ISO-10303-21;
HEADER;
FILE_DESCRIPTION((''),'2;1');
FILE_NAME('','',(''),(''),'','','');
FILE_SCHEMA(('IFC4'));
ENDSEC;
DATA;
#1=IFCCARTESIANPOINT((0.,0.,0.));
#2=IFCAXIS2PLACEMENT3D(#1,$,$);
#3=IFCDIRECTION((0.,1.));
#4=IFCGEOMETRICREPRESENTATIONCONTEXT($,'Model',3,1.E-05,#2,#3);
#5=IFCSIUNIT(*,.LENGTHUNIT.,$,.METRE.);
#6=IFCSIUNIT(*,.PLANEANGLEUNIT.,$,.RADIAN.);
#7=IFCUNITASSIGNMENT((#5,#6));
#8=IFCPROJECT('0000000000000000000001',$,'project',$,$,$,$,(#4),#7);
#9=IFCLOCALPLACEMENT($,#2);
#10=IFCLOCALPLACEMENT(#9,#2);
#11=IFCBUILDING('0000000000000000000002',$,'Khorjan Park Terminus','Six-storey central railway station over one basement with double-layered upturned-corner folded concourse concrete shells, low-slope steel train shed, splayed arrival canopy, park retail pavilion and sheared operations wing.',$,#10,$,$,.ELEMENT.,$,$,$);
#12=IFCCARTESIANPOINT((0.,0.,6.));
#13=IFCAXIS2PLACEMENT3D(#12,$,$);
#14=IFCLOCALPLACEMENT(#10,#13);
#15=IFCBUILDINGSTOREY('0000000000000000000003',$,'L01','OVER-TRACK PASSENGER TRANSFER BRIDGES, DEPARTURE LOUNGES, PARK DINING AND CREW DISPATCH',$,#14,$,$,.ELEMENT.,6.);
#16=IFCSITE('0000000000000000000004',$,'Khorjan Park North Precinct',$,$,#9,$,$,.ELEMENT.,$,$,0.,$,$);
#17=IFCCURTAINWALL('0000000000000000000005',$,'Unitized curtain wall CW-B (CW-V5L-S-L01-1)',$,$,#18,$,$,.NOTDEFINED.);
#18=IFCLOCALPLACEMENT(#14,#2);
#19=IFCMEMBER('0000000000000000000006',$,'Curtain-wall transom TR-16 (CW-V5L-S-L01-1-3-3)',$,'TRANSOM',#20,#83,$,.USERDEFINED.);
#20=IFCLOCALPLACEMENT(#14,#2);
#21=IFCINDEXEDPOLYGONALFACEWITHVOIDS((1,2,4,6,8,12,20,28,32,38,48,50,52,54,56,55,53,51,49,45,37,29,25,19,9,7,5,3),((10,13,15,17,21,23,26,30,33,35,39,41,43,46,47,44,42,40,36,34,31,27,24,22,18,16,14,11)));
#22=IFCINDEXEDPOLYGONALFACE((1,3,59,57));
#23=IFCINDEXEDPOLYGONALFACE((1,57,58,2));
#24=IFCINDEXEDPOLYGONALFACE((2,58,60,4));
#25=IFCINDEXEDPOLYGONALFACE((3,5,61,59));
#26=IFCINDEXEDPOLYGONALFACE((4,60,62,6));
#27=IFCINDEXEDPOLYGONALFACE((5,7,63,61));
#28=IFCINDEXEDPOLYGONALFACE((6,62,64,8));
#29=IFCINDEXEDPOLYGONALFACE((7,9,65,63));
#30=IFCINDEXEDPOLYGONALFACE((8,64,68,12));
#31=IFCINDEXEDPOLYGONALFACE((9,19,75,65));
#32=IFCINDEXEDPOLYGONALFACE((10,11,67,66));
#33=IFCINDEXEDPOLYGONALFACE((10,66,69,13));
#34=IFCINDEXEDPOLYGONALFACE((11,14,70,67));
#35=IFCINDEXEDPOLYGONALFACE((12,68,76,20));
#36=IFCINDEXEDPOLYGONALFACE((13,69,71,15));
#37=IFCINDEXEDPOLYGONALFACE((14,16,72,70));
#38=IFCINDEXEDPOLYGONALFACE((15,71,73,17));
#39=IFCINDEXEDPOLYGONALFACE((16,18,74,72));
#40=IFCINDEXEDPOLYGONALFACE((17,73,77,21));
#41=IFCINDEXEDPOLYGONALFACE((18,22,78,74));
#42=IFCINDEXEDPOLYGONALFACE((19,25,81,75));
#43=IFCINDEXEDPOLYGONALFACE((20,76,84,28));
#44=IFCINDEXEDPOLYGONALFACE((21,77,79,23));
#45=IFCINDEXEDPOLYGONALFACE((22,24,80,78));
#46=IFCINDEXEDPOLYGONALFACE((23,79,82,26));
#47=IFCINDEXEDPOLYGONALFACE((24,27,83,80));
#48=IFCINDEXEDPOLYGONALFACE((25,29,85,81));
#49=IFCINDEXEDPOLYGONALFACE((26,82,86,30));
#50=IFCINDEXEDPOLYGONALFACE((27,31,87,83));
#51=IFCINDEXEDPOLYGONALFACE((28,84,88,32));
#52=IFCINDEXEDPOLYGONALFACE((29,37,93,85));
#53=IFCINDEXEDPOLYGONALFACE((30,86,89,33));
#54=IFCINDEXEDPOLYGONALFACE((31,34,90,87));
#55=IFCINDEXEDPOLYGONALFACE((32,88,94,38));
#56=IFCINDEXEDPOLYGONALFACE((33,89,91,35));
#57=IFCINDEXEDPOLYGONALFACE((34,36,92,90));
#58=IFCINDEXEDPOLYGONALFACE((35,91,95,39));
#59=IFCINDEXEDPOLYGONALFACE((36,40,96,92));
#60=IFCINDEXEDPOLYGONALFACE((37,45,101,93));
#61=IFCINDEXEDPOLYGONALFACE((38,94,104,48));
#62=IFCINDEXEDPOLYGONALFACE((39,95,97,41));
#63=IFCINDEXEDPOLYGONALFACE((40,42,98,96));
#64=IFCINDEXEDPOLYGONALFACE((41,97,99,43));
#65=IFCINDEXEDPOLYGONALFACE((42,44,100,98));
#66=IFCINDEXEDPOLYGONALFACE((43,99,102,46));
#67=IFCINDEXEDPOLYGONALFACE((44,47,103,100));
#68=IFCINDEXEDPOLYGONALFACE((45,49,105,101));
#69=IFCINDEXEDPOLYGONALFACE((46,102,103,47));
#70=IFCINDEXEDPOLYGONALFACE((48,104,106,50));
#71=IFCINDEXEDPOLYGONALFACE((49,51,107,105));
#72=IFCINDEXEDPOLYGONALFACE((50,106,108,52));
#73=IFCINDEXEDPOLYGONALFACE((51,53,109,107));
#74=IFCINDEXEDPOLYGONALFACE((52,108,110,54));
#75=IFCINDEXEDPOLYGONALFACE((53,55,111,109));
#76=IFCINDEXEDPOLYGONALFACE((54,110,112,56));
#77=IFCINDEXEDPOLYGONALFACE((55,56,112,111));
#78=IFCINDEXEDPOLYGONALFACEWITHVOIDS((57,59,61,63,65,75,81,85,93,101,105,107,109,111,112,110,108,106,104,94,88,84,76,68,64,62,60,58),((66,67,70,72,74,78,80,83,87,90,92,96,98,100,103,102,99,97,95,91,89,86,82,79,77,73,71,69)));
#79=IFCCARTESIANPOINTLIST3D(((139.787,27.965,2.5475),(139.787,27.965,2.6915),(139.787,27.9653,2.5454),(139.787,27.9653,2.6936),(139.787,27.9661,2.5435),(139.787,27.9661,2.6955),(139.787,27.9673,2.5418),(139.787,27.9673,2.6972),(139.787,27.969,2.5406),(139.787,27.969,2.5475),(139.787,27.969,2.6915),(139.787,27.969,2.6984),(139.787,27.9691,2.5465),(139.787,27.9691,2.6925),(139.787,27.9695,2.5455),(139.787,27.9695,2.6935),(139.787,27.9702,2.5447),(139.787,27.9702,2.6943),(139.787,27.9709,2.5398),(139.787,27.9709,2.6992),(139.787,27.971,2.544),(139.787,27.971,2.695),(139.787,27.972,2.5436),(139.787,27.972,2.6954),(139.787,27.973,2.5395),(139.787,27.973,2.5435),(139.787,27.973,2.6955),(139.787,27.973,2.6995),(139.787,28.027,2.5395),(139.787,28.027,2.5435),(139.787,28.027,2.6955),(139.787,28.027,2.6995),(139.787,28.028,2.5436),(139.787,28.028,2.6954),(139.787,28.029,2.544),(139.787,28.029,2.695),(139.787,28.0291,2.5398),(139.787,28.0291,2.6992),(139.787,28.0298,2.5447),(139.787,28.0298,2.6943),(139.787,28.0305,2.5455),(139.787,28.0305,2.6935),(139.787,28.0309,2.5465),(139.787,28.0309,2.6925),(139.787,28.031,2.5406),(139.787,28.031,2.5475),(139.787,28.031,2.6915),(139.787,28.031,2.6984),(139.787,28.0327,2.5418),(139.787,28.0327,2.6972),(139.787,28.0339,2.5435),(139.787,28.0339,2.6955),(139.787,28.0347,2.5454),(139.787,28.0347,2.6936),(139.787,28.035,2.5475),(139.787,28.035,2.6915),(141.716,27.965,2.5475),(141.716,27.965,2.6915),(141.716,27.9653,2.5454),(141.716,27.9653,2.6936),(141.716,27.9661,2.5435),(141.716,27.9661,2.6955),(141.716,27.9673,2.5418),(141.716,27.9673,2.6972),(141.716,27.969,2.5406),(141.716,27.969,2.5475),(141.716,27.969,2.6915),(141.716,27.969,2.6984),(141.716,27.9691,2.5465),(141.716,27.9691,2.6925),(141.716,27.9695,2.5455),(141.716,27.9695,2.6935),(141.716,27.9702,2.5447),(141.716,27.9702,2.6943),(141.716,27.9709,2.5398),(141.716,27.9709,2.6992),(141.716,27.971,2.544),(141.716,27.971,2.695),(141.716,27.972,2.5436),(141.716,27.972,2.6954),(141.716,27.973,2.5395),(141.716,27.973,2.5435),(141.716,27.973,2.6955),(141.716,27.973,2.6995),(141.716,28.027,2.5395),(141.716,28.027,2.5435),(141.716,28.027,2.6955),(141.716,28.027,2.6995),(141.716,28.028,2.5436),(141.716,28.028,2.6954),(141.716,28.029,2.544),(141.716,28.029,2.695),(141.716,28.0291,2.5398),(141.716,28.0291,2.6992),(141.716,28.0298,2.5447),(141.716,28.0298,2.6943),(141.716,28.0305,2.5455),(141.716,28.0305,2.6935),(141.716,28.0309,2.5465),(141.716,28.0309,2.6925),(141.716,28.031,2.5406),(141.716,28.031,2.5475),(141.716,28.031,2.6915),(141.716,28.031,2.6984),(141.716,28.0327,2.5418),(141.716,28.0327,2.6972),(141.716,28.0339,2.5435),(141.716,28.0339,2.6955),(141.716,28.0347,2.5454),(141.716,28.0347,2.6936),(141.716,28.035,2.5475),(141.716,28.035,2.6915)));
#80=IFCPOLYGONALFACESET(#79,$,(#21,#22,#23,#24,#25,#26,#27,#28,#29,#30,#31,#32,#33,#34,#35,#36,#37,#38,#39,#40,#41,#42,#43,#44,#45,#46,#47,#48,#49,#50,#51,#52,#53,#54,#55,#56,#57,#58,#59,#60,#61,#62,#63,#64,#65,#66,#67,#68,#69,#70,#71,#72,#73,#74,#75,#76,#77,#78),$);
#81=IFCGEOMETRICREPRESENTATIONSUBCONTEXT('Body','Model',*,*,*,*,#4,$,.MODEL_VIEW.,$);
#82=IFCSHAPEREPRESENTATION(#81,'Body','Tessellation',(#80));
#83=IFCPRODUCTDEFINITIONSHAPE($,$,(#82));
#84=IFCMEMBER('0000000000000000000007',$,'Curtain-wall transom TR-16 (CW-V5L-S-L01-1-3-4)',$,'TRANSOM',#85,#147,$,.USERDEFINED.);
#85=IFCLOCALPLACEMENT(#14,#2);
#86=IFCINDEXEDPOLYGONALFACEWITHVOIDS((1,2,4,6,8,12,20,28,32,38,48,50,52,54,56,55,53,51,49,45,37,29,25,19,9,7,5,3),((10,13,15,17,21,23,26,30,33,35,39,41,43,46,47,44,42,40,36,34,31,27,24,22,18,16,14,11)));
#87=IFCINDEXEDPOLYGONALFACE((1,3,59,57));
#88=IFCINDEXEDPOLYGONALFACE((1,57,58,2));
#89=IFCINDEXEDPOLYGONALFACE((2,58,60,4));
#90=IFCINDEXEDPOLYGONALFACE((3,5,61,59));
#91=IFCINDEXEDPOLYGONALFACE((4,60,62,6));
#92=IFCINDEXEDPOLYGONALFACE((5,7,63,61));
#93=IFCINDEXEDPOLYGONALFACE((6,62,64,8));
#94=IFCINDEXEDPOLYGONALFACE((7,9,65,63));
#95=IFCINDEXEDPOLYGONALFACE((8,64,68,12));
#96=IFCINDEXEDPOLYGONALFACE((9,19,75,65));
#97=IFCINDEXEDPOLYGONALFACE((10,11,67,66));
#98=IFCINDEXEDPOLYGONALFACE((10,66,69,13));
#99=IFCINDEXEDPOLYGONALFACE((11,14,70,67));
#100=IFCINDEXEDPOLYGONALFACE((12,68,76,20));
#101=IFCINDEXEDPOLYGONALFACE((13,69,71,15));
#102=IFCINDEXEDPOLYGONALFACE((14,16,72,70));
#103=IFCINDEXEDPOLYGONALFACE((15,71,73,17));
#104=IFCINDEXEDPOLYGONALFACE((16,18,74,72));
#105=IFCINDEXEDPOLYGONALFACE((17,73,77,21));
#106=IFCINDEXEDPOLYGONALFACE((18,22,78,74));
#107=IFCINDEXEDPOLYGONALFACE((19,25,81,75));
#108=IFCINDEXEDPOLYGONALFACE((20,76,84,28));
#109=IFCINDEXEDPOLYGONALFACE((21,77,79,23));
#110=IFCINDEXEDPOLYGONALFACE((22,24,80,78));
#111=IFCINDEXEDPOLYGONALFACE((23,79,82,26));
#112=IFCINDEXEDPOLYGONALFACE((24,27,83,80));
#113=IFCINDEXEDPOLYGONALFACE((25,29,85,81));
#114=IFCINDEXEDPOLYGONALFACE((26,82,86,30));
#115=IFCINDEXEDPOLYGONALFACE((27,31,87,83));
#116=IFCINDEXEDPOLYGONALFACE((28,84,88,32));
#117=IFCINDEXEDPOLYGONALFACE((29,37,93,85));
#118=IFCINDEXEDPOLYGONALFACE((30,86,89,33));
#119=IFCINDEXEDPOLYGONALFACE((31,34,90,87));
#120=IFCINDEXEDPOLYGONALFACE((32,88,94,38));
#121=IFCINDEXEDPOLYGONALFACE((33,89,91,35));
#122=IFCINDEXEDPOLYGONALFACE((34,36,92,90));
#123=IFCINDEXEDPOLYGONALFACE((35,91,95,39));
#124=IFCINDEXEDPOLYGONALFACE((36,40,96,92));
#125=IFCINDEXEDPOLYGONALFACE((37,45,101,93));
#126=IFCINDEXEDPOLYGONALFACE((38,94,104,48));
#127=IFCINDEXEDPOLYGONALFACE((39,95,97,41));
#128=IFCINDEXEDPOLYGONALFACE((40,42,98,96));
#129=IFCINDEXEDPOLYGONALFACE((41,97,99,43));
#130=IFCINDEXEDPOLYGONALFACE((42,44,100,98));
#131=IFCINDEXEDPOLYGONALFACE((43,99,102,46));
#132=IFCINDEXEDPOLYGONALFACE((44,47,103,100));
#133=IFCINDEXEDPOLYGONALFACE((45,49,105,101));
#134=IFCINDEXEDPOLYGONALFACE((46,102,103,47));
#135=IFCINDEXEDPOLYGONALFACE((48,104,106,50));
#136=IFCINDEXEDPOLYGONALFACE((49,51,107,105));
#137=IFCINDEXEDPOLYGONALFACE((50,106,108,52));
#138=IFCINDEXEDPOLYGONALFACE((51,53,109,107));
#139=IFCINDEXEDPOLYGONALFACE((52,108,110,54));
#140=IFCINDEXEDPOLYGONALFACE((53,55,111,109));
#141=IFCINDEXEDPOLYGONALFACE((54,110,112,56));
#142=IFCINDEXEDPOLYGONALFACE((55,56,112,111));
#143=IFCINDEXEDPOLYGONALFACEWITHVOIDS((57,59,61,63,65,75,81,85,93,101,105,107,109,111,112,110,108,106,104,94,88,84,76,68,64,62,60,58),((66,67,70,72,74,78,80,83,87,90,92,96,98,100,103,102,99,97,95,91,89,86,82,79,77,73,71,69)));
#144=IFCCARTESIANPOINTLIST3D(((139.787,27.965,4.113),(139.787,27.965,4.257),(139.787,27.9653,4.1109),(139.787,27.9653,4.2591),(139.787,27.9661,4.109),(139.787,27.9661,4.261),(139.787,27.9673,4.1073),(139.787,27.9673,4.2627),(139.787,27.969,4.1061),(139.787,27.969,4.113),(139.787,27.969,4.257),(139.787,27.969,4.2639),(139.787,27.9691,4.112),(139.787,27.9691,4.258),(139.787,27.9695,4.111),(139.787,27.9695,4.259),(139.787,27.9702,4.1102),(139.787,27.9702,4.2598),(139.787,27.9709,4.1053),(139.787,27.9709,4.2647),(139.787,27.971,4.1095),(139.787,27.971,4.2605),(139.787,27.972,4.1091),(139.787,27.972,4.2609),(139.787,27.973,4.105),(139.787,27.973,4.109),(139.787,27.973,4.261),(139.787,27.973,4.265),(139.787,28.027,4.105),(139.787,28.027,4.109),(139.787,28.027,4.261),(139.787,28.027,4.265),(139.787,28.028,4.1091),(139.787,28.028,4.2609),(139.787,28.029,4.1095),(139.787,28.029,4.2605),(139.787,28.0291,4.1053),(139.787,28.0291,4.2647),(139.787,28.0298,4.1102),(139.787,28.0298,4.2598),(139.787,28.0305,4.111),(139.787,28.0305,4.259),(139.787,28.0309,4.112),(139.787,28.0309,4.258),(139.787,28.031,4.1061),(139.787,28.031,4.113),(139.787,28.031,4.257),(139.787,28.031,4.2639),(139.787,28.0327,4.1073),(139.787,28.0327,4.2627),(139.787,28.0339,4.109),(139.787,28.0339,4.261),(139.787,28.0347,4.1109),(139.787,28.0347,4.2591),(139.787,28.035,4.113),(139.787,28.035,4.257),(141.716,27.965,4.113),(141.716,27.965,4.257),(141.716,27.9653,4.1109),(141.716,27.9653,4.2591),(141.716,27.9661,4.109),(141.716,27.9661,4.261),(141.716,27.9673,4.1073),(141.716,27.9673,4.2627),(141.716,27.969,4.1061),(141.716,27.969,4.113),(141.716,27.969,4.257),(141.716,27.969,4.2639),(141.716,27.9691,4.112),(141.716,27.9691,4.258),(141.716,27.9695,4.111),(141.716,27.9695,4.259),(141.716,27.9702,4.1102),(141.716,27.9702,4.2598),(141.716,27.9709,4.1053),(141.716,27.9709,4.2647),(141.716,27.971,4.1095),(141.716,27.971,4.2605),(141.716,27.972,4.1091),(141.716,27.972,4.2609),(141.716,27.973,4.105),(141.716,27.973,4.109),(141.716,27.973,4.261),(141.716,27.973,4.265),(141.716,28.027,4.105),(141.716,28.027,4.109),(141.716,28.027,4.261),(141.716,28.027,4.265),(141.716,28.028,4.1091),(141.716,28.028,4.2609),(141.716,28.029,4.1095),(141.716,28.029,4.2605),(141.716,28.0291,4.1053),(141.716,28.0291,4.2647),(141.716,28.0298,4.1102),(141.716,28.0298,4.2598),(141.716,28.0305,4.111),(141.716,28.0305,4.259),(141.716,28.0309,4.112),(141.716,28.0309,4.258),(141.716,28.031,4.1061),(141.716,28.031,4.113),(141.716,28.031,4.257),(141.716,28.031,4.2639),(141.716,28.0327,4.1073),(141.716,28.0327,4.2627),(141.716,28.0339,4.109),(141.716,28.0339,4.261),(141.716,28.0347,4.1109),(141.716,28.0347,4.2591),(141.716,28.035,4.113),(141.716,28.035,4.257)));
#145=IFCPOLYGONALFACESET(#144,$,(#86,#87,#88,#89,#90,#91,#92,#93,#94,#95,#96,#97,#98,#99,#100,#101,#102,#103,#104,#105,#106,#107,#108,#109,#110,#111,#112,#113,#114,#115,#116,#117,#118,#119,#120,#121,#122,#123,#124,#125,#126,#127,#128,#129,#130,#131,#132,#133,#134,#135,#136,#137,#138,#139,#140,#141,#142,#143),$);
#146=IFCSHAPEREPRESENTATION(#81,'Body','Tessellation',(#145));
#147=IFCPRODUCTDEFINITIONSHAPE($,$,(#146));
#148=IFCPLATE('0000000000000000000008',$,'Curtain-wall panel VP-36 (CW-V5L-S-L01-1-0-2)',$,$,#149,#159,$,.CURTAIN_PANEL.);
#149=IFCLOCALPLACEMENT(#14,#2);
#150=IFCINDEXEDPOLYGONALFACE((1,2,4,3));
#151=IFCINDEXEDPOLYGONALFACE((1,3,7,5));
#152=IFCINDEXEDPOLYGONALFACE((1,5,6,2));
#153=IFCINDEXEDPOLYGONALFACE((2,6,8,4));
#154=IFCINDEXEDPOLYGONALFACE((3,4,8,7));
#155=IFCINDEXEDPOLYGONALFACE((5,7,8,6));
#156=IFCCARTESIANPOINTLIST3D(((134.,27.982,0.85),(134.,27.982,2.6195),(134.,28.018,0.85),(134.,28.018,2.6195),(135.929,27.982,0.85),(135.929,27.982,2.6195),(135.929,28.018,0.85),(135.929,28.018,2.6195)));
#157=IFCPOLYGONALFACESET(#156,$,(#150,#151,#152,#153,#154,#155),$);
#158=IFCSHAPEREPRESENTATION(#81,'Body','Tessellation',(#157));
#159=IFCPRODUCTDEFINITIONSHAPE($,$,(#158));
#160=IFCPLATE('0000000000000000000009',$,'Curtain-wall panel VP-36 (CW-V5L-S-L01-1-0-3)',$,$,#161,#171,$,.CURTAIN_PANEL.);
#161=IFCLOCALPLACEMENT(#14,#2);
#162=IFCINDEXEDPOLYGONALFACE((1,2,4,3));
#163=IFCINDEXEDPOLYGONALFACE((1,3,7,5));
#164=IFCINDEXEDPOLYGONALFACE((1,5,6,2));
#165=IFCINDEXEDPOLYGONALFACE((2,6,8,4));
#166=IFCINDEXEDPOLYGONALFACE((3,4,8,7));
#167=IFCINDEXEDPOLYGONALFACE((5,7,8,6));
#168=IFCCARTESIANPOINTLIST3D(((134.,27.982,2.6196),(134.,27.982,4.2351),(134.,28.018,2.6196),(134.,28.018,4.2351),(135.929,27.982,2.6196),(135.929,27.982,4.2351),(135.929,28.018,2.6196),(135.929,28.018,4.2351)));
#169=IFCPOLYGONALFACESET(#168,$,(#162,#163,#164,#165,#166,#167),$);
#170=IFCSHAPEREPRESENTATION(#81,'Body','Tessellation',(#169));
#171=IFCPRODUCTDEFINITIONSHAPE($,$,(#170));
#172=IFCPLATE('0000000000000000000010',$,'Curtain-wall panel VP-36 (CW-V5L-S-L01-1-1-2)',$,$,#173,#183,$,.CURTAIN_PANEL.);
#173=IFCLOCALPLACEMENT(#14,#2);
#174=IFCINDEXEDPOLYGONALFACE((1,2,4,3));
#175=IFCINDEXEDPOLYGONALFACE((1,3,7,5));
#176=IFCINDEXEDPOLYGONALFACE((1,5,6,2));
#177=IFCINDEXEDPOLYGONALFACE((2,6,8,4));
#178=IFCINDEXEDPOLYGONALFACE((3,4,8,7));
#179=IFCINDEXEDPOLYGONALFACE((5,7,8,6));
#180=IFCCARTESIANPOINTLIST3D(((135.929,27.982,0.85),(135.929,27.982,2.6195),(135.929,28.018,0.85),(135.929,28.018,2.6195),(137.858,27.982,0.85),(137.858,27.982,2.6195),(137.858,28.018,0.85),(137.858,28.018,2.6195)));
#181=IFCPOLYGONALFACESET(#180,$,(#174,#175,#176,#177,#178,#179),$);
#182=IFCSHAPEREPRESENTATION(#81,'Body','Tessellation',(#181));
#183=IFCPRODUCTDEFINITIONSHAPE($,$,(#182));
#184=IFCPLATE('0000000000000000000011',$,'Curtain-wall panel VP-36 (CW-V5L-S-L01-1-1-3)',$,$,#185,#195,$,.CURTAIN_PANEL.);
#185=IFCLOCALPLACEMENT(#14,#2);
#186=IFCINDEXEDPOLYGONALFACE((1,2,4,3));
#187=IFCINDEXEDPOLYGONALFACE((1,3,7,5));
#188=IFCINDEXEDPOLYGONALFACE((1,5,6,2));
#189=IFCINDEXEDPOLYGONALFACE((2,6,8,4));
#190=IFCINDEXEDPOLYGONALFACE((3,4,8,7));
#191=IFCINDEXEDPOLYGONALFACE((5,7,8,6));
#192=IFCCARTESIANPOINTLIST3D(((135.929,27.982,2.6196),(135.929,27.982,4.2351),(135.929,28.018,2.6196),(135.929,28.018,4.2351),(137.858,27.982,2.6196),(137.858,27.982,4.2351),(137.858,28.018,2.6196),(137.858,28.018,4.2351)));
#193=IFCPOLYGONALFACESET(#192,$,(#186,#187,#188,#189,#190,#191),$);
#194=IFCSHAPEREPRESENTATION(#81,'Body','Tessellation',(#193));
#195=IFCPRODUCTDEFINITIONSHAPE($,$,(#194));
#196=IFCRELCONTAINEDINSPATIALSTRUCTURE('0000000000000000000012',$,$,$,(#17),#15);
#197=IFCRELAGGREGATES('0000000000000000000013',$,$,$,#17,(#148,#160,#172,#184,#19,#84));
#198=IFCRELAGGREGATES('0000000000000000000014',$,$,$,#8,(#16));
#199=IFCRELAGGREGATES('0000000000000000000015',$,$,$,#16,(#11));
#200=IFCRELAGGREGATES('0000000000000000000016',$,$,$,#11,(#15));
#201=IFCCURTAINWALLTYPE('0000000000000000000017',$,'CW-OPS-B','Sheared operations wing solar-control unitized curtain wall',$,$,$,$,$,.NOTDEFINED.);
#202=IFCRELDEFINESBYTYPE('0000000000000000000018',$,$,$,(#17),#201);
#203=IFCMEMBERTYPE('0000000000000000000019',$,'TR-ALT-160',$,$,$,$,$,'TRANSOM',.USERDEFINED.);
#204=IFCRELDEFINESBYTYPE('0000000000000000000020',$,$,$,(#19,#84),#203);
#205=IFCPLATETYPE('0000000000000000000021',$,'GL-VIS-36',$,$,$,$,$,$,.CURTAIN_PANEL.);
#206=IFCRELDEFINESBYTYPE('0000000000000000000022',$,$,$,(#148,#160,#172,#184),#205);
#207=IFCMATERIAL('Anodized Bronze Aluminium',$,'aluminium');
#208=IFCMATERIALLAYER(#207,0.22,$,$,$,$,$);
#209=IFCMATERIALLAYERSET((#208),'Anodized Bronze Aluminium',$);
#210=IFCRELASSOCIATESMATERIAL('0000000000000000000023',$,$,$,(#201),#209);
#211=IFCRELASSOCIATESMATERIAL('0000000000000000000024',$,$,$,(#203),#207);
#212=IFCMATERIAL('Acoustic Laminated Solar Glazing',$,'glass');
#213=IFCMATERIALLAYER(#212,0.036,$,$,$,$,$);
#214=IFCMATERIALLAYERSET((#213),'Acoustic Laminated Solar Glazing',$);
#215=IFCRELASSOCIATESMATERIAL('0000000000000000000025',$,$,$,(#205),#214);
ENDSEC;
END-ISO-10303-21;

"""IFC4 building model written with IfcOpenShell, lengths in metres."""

from ifc_helpers import new_model, si_unit, direction, frame, origin, origin_2d, place, context, subcontext, project, spatial, rectangle, hollow_rectangle, extrude, material, layer, layer_set, material_profile, profile_set, type_object, element, aggregate, save


model = new_model("IFC4")

# Units and contexts
model_context = context("Model", 3, precision=1e-05, world=origin(), true_north=direction((0.0, 1.0)))
body_context = subcontext(model_context, "Body", "Model", "MODEL_VIEW")
ifc_project = project(units=[si_unit("LENGTHUNIT", "METRE"), si_unit("PLANEANGLEUNIT", "RADIAN")], contexts=[model_context])

# Site, building, storey
site_placement = place(None, origin())
site = spatial("IfcSite", under=ifc_project, at=site_placement, Name="Khorjan Park North Precinct", CompositionType="ELEMENT", RefElevation=0.0)
building_placement = place(site_placement, origin())
building = spatial("IfcBuilding", under=site, at=building_placement, Name="Khorjan Park Terminus", Description="Six-storey central railway station over one basement with double-layered upturned-corner folded concourse concrete shells, low-slope steel train shed, splayed arrival canopy, park retail pavilion and sheared operations wing.", CompositionType="ELEMENT")
storey_placement = place(building_placement, frame((0.0, 0.0, 6.0)))
storey = spatial("IfcBuildingStorey", under=building, at=storey_placement, Name="L01", Description="OVER-TRACK PASSENGER TRANSFER BRIDGES, DEPARTURE LOUNGES, PARK DINING AND CREW DISPATCH", CompositionType="ELEMENT", Elevation=6.0)

# Curtain wall
ifc_material_1 = material(Name="Anodized Bronze Aluminium", Category="aluminium")
ifc_layer_1 = layer(ifc_material_1, 0.22)
ifc_layer_set_1 = layer_set([ifc_layer_1], Name="Anodized Bronze Aluminium")
curtain_wall_type = type_object("IfcCurtainWallType", Name="CW-OPS-B", Description="Sheared operations wing solar-control unitized curtain wall", PredefinedType="NOTDEFINED", material=ifc_layer_set_1)
curtain_wall_placement = place(storey_placement, origin())
curtain_wall = element("IfcCurtainWall", 1, at=curtain_wall_placement, inside=storey, type_object=curtain_wall_type, Name="Unitized curtain wall CW-B (CW-V5L-S-L01-1)", PredefinedType="NOTDEFINED")

# Members
ifc_material_profile_1 = material_profile(ifc_material_1, hollow_rectangle(XDim=0.07, YDim=0.16, WallThickness=0.004, InnerFilletRadius=0.004, OuterFilletRadius=0.008, at=origin_2d()), Name="ALT 70x160x4")
ifc_profile_set_1 = profile_set([ifc_material_profile_1], Name="Anodized Bronze Aluminium")
member_type_1 = type_object("IfcMemberType", Name="TR-ALT-160", ElementType="TRANSOM", PredefinedType="USERDEFINED", material=ifc_profile_set_1)
member_1_placement = place(storey_placement, frame((139.787, 28.0, 2.6195), z_axis=(1.0, 0.0, 0.0), x_axis=(0.0, 1.0, 0.0)))
member_1 = element("IfcMember", 2, at=member_1_placement, type_object=member_type_1, Name="Curtain-wall transom TR-16 (CW-V5L-S-L01-1-3-3)", ObjectType="TRANSOM", PredefinedType="USERDEFINED", context=body_context, shape_type="SweptSolid", body=[
    extrude(hollow_rectangle(XDim=0.07, YDim=0.16, WallThickness=0.004, InnerFilletRadius=0.004, OuterFilletRadius=0.008, at=origin_2d()), origin(), (0.0, 0.0, 1.0), 1.929),
])
member_2_placement = place(storey_placement, frame((139.787, 28.0, 4.185), z_axis=(1.0, 0.0, 0.0), x_axis=(0.0, 1.0, 0.0)))
member_2 = element("IfcMember", 3, at=member_2_placement, type_object=member_type_1, Name="Curtain-wall transom TR-16 (CW-V5L-S-L01-1-3-4)", ObjectType="TRANSOM", PredefinedType="USERDEFINED", context=body_context, shape_type="SweptSolid", body=[
    extrude(hollow_rectangle(XDim=0.07, YDim=0.16, WallThickness=0.004, InnerFilletRadius=0.004, OuterFilletRadius=0.008, at=origin_2d()), origin(), (0.0, 0.0, 1.0), 1.929),
])

# Plates
ifc_material_2 = material(Name="Acoustic Laminated Solar Glazing", Category="glass")
ifc_layer_2 = layer(ifc_material_2, 0.036)
ifc_layer_set_2 = layer_set([ifc_layer_2], Name="Acoustic Laminated Solar Glazing")
plate_type_1 = type_object("IfcPlateType", Name="GL-VIS-36", PredefinedType="CURTAIN_PANEL", material=ifc_layer_set_2)
plate_1_placement = place(storey_placement, frame((134.9645, 28.0, 0.85), z_axis=(0.0, 0.0, 1.0), x_axis=(1.0, 0.0, 0.0)))
plate_1 = element("IfcPlate", 4, at=plate_1_placement, type_object=plate_type_1, Name="Curtain-wall panel VP-36 (CW-V5L-S-L01-1-0-2)", PredefinedType="CURTAIN_PANEL", context=body_context, shape_type="SweptSolid", body=[
    extrude(rectangle(XDim=1.929, YDim=0.036, at=origin_2d()), origin(), (0.0, 0.0, 1.0), 1.7695),
])
plate_2_placement = place(storey_placement, frame((134.9645, 28.0, 2.6196), z_axis=(0.0, 0.0, 1.0), x_axis=(1.0, 0.0, 0.0)))
plate_2 = element("IfcPlate", 5, at=plate_2_placement, type_object=plate_type_1, Name="Curtain-wall panel VP-36 (CW-V5L-S-L01-1-0-3)", PredefinedType="CURTAIN_PANEL", context=body_context, shape_type="SweptSolid", body=[
    extrude(rectangle(XDim=1.929, YDim=0.036, at=origin_2d()), origin(), (0.0, 0.0, 1.0), 1.6155),
])
plate_3_placement = place(storey_placement, frame((136.8935, 28.0, 0.85), z_axis=(0.0, 0.0, 1.0), x_axis=(1.0, 0.0, 0.0)))
plate_3 = element("IfcPlate", 6, at=plate_3_placement, type_object=plate_type_1, Name="Curtain-wall panel VP-36 (CW-V5L-S-L01-1-1-2)", PredefinedType="CURTAIN_PANEL", context=body_context, shape_type="SweptSolid", body=[
    extrude(rectangle(XDim=1.929, YDim=0.036, at=origin_2d()), origin(), (0.0, 0.0, 1.0), 1.7695),
])
plate_4_placement = place(storey_placement, frame((136.8935, 28.0, 2.6196), z_axis=(0.0, 0.0, 1.0), x_axis=(1.0, 0.0, 0.0)))
plate_4 = element("IfcPlate", 7, at=plate_4_placement, type_object=plate_type_1, Name="Curtain-wall panel VP-36 (CW-V5L-S-L01-1-1-3)", PredefinedType="CURTAIN_PANEL", context=body_context, shape_type="SweptSolid", body=[
    extrude(rectangle(XDim=1.929, YDim=0.036, at=origin_2d()), origin(), (0.0, 0.0, 1.0), 1.6155),
])
aggregate(curtain_wall, [plate_1, plate_2, plate_3, plate_4, member_1, member_2])

save(model, "model.ifc")
